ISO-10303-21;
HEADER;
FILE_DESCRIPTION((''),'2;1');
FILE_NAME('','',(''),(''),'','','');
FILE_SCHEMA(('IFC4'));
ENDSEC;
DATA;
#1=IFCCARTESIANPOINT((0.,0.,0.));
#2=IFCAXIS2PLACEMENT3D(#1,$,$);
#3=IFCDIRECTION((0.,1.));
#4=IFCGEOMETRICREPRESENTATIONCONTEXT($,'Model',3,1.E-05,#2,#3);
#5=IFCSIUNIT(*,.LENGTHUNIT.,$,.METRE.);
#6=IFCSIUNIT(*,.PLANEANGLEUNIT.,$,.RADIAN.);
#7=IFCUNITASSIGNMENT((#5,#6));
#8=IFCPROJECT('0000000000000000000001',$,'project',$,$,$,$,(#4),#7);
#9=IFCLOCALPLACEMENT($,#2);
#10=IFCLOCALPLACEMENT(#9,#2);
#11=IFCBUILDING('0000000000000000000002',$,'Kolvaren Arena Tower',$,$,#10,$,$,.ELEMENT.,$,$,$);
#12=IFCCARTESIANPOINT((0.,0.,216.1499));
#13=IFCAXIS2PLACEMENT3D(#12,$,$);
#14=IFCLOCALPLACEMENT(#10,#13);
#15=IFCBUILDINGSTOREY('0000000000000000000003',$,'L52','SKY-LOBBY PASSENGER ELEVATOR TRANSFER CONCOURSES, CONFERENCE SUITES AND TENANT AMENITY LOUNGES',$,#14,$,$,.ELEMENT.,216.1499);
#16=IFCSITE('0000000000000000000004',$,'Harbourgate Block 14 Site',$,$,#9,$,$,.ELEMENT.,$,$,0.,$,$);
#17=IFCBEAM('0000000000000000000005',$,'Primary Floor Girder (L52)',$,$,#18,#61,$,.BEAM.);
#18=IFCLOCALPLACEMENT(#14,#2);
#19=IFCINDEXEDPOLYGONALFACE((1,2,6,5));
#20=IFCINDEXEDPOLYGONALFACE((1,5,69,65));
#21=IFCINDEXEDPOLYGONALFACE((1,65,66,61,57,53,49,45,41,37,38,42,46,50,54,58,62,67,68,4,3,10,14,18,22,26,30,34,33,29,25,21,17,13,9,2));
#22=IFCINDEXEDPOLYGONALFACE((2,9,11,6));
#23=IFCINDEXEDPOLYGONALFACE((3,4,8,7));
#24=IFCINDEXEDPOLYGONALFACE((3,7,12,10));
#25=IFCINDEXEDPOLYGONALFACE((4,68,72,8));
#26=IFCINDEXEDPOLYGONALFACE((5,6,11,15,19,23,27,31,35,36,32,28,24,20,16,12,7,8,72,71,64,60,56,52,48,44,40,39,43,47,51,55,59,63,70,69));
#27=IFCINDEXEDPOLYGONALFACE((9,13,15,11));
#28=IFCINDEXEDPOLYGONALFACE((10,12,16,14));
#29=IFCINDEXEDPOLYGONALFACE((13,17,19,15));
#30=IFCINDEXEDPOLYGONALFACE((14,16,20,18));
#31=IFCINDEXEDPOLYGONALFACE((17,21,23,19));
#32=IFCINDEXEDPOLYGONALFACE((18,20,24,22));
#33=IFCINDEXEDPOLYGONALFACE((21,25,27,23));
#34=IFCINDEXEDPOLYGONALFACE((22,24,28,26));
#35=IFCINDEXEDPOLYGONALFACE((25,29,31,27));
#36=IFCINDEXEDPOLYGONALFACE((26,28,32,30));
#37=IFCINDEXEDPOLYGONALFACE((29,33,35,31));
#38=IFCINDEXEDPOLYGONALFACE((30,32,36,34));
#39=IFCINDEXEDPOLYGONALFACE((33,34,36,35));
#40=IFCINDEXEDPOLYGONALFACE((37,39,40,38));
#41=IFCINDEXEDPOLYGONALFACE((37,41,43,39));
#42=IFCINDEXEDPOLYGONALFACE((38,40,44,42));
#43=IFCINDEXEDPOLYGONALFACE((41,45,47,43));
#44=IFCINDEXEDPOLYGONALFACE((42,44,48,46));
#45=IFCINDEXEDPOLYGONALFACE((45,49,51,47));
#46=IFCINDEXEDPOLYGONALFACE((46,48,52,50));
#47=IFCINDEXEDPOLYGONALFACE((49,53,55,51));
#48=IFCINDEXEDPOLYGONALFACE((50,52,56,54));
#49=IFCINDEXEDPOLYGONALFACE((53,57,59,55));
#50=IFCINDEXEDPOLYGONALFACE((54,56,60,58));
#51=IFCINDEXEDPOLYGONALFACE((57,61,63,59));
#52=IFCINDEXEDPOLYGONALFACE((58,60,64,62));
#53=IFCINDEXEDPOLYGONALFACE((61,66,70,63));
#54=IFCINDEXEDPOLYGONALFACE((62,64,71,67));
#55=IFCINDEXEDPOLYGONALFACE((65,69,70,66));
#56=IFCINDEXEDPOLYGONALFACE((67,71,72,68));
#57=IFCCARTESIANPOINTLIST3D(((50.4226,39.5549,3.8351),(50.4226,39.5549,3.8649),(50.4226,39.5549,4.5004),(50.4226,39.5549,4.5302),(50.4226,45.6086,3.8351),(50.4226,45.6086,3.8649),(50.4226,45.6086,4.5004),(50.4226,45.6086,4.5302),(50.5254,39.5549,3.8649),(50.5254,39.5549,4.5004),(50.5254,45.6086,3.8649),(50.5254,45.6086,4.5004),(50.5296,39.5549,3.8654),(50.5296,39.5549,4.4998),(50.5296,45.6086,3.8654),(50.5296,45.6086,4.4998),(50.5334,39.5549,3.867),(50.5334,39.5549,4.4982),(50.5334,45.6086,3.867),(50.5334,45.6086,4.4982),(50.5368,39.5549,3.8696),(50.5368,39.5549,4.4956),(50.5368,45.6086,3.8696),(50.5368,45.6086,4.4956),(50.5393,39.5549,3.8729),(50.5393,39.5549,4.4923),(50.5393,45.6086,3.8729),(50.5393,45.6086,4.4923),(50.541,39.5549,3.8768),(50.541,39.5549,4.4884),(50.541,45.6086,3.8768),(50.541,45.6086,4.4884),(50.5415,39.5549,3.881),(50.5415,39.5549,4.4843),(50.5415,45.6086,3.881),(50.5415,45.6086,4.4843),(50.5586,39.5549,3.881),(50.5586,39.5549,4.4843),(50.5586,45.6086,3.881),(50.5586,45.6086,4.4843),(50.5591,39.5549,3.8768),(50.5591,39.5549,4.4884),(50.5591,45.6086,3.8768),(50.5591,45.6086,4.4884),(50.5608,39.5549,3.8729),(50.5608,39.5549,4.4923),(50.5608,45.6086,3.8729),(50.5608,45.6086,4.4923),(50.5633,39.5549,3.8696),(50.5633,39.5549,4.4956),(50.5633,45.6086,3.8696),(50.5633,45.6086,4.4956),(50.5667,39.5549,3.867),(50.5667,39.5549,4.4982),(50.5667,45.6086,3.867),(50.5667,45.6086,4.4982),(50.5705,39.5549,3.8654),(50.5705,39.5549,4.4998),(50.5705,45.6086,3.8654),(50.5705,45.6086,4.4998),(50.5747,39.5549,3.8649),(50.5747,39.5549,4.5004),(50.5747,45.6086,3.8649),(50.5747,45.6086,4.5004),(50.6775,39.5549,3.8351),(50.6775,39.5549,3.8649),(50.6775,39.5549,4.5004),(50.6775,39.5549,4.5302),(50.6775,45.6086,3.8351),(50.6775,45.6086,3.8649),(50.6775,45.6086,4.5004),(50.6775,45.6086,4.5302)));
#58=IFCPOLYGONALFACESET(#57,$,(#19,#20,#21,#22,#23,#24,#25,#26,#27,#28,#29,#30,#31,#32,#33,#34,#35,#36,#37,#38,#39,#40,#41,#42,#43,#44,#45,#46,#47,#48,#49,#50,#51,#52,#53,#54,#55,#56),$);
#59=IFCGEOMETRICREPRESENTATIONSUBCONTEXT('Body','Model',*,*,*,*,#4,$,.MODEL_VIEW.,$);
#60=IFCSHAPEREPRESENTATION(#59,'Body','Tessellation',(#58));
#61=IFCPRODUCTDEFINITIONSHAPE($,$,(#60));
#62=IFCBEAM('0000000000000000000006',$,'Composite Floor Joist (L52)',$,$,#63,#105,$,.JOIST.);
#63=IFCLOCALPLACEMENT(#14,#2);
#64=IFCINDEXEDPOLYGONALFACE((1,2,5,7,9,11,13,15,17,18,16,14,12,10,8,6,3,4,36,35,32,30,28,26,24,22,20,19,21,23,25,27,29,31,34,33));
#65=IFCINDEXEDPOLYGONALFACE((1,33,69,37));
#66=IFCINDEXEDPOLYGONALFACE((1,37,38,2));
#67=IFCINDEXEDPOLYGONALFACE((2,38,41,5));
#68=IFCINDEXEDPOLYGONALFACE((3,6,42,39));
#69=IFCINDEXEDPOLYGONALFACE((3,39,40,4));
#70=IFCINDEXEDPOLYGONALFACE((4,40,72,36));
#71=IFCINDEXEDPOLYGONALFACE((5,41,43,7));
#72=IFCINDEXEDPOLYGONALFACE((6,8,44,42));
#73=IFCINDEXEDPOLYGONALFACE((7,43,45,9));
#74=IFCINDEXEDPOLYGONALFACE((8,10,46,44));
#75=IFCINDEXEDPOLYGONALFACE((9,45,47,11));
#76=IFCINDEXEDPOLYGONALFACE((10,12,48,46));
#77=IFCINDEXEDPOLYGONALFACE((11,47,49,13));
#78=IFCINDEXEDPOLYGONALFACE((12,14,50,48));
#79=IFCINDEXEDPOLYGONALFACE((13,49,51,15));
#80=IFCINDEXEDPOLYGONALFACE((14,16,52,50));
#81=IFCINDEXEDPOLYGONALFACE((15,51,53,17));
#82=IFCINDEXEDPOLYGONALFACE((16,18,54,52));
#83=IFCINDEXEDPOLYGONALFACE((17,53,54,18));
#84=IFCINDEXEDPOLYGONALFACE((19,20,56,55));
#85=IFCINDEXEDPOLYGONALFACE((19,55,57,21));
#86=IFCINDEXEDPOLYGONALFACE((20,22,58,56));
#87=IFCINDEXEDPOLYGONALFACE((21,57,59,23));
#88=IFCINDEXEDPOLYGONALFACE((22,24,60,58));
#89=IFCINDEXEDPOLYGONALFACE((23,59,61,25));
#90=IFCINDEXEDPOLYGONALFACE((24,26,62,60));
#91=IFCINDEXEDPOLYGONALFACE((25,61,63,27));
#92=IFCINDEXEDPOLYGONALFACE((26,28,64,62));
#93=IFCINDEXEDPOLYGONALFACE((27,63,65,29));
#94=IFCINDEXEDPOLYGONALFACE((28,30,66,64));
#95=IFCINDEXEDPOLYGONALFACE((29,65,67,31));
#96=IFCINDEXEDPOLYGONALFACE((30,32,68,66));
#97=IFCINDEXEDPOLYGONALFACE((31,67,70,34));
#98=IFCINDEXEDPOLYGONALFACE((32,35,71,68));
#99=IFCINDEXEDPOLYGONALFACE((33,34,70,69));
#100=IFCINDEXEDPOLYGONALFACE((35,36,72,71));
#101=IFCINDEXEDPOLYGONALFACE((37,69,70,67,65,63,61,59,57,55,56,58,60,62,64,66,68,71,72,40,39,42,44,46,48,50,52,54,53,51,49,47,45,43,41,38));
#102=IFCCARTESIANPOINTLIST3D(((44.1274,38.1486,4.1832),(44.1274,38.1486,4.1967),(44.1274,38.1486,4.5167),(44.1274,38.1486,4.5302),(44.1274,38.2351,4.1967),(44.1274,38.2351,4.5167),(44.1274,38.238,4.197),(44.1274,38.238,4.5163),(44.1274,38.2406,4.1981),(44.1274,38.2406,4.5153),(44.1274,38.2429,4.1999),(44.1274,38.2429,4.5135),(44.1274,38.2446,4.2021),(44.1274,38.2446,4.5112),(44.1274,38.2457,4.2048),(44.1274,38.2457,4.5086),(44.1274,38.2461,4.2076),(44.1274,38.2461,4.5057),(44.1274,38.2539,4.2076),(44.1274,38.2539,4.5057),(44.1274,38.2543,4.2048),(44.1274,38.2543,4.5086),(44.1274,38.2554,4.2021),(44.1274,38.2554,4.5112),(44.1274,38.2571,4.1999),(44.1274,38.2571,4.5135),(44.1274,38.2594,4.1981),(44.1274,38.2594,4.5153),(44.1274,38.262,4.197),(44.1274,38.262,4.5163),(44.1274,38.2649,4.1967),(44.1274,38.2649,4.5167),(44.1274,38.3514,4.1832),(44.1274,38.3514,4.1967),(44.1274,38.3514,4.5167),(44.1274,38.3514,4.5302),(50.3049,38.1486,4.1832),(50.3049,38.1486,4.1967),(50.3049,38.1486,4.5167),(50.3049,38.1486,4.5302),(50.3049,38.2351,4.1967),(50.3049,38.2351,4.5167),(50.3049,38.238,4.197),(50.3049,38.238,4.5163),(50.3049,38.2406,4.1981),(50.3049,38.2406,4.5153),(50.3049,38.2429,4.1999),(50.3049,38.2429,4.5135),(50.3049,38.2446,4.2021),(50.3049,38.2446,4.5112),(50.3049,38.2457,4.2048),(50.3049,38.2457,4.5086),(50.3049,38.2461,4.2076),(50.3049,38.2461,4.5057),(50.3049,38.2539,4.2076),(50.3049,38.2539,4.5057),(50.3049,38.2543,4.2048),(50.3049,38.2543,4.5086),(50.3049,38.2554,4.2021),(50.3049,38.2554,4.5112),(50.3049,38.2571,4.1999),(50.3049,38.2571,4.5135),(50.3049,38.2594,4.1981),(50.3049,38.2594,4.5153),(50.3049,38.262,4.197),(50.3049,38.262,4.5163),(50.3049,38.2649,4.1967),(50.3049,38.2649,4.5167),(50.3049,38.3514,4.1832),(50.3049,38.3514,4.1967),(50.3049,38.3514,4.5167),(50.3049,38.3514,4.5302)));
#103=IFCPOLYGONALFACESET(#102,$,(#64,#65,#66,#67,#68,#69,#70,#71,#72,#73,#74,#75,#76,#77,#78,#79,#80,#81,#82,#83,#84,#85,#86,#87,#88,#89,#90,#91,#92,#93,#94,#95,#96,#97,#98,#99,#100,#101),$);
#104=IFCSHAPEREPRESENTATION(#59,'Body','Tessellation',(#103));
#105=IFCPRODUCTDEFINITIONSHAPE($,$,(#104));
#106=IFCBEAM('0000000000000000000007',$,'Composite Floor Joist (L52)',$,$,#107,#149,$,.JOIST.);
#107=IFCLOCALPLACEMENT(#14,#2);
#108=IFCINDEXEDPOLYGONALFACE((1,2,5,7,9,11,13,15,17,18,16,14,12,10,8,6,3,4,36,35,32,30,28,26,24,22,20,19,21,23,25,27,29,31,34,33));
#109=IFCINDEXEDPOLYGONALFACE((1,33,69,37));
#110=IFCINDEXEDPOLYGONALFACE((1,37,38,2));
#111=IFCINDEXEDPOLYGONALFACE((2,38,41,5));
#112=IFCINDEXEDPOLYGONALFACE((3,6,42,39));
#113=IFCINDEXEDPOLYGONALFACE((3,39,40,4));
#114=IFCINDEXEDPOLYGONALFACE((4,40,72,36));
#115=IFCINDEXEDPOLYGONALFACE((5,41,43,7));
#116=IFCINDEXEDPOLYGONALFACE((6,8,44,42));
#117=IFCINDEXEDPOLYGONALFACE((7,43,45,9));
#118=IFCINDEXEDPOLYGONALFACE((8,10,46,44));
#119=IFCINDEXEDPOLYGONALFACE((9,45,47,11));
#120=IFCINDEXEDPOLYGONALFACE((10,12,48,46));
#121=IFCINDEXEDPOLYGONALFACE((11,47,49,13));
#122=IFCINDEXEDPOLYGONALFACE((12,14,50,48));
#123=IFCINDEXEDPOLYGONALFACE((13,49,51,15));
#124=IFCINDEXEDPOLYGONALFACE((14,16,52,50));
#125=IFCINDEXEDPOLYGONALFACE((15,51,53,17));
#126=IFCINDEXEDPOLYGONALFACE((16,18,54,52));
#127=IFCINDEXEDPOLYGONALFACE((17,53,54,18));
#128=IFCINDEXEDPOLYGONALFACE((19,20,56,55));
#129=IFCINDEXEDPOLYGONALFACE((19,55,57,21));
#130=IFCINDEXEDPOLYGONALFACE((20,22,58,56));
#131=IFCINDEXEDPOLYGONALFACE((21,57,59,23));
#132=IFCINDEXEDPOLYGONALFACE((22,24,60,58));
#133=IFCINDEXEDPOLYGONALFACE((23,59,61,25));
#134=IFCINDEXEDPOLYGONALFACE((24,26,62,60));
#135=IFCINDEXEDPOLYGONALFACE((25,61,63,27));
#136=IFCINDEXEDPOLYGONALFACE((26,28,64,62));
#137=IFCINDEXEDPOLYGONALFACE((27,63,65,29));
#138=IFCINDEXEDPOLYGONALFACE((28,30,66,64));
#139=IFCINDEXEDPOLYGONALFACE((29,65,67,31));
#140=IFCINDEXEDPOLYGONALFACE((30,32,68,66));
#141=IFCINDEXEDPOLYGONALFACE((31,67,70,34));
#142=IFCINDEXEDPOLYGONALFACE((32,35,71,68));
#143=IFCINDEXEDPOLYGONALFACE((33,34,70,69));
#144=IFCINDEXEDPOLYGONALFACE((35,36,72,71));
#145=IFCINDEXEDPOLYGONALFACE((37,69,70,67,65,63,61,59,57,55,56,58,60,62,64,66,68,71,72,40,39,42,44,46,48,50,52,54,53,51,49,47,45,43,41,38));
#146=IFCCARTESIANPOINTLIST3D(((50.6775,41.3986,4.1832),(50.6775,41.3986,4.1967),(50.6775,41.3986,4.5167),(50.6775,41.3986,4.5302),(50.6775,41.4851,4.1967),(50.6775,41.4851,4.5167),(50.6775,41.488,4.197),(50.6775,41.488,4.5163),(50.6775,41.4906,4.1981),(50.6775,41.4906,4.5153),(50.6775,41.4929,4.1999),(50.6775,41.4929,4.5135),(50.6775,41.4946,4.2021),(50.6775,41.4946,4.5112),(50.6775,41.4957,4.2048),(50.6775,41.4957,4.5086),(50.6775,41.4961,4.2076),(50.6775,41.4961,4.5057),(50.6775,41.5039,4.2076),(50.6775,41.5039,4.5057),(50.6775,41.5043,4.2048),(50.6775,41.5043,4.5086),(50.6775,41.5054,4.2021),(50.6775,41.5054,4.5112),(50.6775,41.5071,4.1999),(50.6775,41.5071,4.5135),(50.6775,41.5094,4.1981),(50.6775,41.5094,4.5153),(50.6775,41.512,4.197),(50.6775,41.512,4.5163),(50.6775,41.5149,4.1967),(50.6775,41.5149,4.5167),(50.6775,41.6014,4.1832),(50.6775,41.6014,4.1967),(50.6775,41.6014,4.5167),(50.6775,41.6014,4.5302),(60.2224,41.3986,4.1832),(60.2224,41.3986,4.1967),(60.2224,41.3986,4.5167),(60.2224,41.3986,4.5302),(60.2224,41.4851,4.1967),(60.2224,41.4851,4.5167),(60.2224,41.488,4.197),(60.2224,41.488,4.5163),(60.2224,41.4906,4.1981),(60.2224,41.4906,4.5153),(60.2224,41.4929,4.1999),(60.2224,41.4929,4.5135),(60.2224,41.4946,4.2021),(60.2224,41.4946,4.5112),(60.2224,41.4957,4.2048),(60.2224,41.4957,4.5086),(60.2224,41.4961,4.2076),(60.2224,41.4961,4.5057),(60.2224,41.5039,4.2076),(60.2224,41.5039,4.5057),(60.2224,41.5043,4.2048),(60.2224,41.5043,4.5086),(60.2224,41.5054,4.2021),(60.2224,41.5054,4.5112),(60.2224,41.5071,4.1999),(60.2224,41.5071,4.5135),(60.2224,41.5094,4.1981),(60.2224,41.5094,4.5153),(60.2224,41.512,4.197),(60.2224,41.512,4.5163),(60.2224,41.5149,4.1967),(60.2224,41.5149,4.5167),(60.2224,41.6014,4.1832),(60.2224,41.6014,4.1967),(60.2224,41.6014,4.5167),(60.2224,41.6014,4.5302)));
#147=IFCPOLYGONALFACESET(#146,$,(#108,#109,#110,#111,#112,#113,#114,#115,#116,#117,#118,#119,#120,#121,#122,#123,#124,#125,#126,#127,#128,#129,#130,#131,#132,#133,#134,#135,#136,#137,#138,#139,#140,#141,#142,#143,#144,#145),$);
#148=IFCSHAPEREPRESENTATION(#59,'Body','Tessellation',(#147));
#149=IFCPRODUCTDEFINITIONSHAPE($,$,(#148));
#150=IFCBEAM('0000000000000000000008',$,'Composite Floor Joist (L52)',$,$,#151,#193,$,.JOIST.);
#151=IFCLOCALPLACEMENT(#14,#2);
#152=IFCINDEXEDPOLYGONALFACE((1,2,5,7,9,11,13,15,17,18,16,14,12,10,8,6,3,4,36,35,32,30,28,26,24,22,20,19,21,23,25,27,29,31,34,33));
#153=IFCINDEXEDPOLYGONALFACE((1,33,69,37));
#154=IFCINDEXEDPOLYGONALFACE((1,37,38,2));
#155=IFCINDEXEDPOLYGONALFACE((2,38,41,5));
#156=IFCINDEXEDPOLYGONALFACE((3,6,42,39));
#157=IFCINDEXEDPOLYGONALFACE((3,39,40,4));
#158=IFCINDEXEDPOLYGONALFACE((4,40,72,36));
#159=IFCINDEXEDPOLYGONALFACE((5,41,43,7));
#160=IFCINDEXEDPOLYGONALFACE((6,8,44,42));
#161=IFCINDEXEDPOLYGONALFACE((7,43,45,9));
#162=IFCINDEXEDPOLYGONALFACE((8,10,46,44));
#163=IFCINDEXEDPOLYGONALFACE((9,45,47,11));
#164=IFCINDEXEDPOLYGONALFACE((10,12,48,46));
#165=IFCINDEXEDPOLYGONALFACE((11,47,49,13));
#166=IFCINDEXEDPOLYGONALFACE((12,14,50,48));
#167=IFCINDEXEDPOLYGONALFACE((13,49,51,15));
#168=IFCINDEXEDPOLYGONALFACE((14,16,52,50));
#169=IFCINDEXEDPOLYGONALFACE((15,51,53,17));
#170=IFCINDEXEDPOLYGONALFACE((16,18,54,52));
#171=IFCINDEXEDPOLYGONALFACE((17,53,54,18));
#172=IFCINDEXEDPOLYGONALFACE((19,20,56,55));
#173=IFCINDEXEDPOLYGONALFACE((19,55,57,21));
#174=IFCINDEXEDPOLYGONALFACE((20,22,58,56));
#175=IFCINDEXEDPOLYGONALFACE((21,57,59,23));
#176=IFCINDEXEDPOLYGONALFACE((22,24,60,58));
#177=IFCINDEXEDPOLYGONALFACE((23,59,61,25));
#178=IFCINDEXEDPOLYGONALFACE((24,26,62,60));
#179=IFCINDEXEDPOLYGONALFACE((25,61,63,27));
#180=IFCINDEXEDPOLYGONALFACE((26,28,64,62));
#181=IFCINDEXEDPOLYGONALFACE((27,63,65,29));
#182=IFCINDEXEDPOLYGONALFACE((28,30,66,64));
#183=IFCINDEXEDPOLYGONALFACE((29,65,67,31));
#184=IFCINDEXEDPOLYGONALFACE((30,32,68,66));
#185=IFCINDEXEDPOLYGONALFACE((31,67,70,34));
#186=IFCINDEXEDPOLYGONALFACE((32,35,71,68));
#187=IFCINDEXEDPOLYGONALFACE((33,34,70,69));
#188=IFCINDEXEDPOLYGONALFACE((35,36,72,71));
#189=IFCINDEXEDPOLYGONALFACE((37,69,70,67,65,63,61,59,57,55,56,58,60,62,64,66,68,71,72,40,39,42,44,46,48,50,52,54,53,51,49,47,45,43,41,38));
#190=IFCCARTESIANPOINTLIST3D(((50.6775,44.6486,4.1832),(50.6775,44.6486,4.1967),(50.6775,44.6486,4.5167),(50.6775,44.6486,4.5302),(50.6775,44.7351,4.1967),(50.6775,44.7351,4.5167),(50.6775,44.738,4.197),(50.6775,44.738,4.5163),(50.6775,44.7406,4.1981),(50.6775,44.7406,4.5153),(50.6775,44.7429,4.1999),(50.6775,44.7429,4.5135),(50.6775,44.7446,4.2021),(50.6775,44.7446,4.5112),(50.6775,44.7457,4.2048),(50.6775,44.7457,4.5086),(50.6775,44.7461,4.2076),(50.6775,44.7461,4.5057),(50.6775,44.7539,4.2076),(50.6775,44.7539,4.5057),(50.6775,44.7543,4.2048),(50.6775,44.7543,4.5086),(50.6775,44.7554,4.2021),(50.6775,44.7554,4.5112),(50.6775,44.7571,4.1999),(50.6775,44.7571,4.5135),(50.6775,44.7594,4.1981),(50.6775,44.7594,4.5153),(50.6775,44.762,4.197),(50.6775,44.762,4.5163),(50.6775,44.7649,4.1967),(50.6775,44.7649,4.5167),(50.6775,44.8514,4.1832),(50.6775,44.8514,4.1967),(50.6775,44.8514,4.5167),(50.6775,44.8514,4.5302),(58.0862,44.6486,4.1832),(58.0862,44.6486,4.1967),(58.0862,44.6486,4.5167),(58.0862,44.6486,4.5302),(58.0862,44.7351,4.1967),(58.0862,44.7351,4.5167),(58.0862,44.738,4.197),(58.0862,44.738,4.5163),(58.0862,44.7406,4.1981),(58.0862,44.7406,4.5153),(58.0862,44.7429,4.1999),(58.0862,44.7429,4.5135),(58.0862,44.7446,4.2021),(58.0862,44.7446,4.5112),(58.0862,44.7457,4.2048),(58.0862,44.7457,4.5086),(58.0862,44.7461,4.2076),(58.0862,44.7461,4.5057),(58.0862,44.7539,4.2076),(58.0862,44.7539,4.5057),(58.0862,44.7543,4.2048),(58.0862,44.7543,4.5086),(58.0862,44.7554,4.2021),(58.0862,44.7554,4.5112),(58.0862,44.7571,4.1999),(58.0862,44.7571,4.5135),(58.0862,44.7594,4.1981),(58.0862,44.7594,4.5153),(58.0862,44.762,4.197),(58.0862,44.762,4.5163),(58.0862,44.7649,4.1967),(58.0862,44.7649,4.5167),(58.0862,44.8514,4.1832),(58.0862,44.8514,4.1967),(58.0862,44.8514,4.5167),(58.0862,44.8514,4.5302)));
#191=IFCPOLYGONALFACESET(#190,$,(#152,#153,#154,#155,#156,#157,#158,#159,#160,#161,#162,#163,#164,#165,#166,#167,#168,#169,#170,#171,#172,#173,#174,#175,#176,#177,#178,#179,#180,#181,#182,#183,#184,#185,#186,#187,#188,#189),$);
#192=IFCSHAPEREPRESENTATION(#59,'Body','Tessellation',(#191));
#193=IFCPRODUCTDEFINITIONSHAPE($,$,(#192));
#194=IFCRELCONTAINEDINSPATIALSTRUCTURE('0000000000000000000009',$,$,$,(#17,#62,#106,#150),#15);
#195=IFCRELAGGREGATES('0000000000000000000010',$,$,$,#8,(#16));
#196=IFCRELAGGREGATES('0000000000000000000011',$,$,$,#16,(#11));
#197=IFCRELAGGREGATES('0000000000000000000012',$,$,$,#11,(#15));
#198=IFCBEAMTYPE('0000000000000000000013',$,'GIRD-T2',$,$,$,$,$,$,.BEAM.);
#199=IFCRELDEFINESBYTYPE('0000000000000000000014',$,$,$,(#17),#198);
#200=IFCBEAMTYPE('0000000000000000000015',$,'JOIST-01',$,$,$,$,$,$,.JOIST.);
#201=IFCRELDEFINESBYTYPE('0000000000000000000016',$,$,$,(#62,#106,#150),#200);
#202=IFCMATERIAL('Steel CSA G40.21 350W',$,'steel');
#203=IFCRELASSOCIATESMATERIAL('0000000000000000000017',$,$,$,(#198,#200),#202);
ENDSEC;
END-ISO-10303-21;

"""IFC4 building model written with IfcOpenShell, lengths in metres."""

from ifc_helpers import new_model, si_unit, direction, frame, origin, origin_2d, place, context, subcontext, project, spatial, i_section, extrude, material, material_profile, profile_set, type_object, element, save


model = new_model("IFC4")

# Units and contexts
model_context = context("Model", 3, precision=1e-05, world=origin(), true_north=direction((0.0, 1.0)))
body_context = subcontext(model_context, "Body", "Model", "MODEL_VIEW")
ifc_project = project(units=[si_unit("LENGTHUNIT", "METRE"), si_unit("PLANEANGLEUNIT", "RADIAN")], contexts=[model_context])

# Site, building, storey
site_placement = place(None, origin())
site = spatial("IfcSite", under=ifc_project, at=site_placement, Name="Harbourgate Block 14 Site", CompositionType="ELEMENT", RefElevation=0.0)
building_placement = place(site_placement, origin())
building = spatial("IfcBuilding", under=site, at=building_placement, Name="Kolvaren Arena Tower", CompositionType="ELEMENT")
storey_placement = place(building_placement, frame((0.0, 0.0, 216.1499)))
storey = spatial("IfcBuildingStorey", under=building, at=storey_placement, Name="L52", Description="SKY-LOBBY PASSENGER ELEVATOR TRANSFER CONCOURSES, CONFERENCE SUITES AND TENANT AMENITY LOUNGES", CompositionType="ELEMENT", Elevation=216.1499)

# Beams
ifc_material_1 = material(Name="Steel CSA G40.21 350W", Category="steel")
ifc_material_profile_1 = material_profile(ifc_material_1, i_section(OverallWidth=0.2549, OverallDepth=0.6951, WebThickness=0.0171, FlangeThickness=0.0298, FilletRadius=0.0161, at=origin_2d()), Name="W690x217")
ifc_profile_set_1 = profile_set([ifc_material_profile_1], Name="Steel CSA G40.21 350W")
beam_type_1 = type_object("IfcBeamType", Name="GIRD-T2", PredefinedType="BEAM", material=ifc_profile_set_1)
beam_1_placement = place(storey_placement, frame((50.55, 39.5549, 4.1826), z_axis=(0.0, 1.0, 0.0), x_axis=(-1.0, 0.0, 0.0)))
element("IfcBeam", 1, at=beam_1_placement, inside=storey, type_object=beam_type_1, Name="Primary Floor Girder (L52)", PredefinedType="BEAM", context=body_context, shape_type="SweptSolid", body=[
    extrude(i_section(OverallWidth=0.2549, OverallDepth=0.6951, WebThickness=0.0171, FlangeThickness=0.0298, FilletRadius=0.0161, at=origin_2d()), origin(), (0.0, 0.0, 1.0), 6.0537),
])
ifc_material_profile_2 = material_profile(ifc_material_1, i_section(OverallWidth=0.2029, OverallDepth=0.3469, WebThickness=0.0078, FlangeThickness=0.0134, FilletRadius=0.011, at=origin_2d()), Name="W360x64")
ifc_profile_set_2 = profile_set([ifc_material_profile_2], Name="Steel CSA G40.21 350W")
beam_type_2 = type_object("IfcBeamType", Name="JOIST-01", PredefinedType="JOIST", material=ifc_profile_set_2)
beam_2_placement = place(storey_placement, frame((44.1274, 38.25, 4.3567), z_axis=(1.0, 0.0, 0.0), x_axis=(0.0, 1.0, 0.0)))
element("IfcBeam", 2, at=beam_2_placement, inside=storey, type_object=beam_type_2, Name="Composite Floor Joist (L52)", PredefinedType="JOIST", context=body_context, shape_type="SweptSolid", body=[
    extrude(i_section(OverallWidth=0.2029, OverallDepth=0.3469, WebThickness=0.0078, FlangeThickness=0.0134, FilletRadius=0.011, at=origin_2d()), origin(), (0.0, 0.0, 1.0), 6.1775),
])
beam_3_placement = place(storey_placement, frame((50.6775, 41.5, 4.3567), z_axis=(1.0, 0.0, 0.0), x_axis=(0.0, 1.0, 0.0)))
element("IfcBeam", 3, at=beam_3_placement, inside=storey, type_object=beam_type_2, Name="Composite Floor Joist (L52)", PredefinedType="JOIST", context=body_context, shape_type="SweptSolid", body=[
    extrude(i_section(OverallWidth=0.2029, OverallDepth=0.3469, WebThickness=0.0078, FlangeThickness=0.0134, FilletRadius=0.011, at=origin_2d()), origin(), (0.0, 0.0, 1.0), 9.5449),
])
beam_4_placement = place(storey_placement, frame((50.6775, 44.75, 4.3567), z_axis=(1.0, 0.0, 0.0), x_axis=(0.0, 1.0, 0.0)))
element("IfcBeam", 4, at=beam_4_placement, inside=storey, type_object=beam_type_2, Name="Composite Floor Joist (L52)", PredefinedType="JOIST", context=body_context, shape_type="SweptSolid", body=[
    extrude(i_section(OverallWidth=0.2029, OverallDepth=0.3469, WebThickness=0.0078, FlangeThickness=0.0134, FilletRadius=0.011, at=origin_2d()), origin(), (0.0, 0.0, 1.0), 7.4087),
])

save(model, "model.ifc")
